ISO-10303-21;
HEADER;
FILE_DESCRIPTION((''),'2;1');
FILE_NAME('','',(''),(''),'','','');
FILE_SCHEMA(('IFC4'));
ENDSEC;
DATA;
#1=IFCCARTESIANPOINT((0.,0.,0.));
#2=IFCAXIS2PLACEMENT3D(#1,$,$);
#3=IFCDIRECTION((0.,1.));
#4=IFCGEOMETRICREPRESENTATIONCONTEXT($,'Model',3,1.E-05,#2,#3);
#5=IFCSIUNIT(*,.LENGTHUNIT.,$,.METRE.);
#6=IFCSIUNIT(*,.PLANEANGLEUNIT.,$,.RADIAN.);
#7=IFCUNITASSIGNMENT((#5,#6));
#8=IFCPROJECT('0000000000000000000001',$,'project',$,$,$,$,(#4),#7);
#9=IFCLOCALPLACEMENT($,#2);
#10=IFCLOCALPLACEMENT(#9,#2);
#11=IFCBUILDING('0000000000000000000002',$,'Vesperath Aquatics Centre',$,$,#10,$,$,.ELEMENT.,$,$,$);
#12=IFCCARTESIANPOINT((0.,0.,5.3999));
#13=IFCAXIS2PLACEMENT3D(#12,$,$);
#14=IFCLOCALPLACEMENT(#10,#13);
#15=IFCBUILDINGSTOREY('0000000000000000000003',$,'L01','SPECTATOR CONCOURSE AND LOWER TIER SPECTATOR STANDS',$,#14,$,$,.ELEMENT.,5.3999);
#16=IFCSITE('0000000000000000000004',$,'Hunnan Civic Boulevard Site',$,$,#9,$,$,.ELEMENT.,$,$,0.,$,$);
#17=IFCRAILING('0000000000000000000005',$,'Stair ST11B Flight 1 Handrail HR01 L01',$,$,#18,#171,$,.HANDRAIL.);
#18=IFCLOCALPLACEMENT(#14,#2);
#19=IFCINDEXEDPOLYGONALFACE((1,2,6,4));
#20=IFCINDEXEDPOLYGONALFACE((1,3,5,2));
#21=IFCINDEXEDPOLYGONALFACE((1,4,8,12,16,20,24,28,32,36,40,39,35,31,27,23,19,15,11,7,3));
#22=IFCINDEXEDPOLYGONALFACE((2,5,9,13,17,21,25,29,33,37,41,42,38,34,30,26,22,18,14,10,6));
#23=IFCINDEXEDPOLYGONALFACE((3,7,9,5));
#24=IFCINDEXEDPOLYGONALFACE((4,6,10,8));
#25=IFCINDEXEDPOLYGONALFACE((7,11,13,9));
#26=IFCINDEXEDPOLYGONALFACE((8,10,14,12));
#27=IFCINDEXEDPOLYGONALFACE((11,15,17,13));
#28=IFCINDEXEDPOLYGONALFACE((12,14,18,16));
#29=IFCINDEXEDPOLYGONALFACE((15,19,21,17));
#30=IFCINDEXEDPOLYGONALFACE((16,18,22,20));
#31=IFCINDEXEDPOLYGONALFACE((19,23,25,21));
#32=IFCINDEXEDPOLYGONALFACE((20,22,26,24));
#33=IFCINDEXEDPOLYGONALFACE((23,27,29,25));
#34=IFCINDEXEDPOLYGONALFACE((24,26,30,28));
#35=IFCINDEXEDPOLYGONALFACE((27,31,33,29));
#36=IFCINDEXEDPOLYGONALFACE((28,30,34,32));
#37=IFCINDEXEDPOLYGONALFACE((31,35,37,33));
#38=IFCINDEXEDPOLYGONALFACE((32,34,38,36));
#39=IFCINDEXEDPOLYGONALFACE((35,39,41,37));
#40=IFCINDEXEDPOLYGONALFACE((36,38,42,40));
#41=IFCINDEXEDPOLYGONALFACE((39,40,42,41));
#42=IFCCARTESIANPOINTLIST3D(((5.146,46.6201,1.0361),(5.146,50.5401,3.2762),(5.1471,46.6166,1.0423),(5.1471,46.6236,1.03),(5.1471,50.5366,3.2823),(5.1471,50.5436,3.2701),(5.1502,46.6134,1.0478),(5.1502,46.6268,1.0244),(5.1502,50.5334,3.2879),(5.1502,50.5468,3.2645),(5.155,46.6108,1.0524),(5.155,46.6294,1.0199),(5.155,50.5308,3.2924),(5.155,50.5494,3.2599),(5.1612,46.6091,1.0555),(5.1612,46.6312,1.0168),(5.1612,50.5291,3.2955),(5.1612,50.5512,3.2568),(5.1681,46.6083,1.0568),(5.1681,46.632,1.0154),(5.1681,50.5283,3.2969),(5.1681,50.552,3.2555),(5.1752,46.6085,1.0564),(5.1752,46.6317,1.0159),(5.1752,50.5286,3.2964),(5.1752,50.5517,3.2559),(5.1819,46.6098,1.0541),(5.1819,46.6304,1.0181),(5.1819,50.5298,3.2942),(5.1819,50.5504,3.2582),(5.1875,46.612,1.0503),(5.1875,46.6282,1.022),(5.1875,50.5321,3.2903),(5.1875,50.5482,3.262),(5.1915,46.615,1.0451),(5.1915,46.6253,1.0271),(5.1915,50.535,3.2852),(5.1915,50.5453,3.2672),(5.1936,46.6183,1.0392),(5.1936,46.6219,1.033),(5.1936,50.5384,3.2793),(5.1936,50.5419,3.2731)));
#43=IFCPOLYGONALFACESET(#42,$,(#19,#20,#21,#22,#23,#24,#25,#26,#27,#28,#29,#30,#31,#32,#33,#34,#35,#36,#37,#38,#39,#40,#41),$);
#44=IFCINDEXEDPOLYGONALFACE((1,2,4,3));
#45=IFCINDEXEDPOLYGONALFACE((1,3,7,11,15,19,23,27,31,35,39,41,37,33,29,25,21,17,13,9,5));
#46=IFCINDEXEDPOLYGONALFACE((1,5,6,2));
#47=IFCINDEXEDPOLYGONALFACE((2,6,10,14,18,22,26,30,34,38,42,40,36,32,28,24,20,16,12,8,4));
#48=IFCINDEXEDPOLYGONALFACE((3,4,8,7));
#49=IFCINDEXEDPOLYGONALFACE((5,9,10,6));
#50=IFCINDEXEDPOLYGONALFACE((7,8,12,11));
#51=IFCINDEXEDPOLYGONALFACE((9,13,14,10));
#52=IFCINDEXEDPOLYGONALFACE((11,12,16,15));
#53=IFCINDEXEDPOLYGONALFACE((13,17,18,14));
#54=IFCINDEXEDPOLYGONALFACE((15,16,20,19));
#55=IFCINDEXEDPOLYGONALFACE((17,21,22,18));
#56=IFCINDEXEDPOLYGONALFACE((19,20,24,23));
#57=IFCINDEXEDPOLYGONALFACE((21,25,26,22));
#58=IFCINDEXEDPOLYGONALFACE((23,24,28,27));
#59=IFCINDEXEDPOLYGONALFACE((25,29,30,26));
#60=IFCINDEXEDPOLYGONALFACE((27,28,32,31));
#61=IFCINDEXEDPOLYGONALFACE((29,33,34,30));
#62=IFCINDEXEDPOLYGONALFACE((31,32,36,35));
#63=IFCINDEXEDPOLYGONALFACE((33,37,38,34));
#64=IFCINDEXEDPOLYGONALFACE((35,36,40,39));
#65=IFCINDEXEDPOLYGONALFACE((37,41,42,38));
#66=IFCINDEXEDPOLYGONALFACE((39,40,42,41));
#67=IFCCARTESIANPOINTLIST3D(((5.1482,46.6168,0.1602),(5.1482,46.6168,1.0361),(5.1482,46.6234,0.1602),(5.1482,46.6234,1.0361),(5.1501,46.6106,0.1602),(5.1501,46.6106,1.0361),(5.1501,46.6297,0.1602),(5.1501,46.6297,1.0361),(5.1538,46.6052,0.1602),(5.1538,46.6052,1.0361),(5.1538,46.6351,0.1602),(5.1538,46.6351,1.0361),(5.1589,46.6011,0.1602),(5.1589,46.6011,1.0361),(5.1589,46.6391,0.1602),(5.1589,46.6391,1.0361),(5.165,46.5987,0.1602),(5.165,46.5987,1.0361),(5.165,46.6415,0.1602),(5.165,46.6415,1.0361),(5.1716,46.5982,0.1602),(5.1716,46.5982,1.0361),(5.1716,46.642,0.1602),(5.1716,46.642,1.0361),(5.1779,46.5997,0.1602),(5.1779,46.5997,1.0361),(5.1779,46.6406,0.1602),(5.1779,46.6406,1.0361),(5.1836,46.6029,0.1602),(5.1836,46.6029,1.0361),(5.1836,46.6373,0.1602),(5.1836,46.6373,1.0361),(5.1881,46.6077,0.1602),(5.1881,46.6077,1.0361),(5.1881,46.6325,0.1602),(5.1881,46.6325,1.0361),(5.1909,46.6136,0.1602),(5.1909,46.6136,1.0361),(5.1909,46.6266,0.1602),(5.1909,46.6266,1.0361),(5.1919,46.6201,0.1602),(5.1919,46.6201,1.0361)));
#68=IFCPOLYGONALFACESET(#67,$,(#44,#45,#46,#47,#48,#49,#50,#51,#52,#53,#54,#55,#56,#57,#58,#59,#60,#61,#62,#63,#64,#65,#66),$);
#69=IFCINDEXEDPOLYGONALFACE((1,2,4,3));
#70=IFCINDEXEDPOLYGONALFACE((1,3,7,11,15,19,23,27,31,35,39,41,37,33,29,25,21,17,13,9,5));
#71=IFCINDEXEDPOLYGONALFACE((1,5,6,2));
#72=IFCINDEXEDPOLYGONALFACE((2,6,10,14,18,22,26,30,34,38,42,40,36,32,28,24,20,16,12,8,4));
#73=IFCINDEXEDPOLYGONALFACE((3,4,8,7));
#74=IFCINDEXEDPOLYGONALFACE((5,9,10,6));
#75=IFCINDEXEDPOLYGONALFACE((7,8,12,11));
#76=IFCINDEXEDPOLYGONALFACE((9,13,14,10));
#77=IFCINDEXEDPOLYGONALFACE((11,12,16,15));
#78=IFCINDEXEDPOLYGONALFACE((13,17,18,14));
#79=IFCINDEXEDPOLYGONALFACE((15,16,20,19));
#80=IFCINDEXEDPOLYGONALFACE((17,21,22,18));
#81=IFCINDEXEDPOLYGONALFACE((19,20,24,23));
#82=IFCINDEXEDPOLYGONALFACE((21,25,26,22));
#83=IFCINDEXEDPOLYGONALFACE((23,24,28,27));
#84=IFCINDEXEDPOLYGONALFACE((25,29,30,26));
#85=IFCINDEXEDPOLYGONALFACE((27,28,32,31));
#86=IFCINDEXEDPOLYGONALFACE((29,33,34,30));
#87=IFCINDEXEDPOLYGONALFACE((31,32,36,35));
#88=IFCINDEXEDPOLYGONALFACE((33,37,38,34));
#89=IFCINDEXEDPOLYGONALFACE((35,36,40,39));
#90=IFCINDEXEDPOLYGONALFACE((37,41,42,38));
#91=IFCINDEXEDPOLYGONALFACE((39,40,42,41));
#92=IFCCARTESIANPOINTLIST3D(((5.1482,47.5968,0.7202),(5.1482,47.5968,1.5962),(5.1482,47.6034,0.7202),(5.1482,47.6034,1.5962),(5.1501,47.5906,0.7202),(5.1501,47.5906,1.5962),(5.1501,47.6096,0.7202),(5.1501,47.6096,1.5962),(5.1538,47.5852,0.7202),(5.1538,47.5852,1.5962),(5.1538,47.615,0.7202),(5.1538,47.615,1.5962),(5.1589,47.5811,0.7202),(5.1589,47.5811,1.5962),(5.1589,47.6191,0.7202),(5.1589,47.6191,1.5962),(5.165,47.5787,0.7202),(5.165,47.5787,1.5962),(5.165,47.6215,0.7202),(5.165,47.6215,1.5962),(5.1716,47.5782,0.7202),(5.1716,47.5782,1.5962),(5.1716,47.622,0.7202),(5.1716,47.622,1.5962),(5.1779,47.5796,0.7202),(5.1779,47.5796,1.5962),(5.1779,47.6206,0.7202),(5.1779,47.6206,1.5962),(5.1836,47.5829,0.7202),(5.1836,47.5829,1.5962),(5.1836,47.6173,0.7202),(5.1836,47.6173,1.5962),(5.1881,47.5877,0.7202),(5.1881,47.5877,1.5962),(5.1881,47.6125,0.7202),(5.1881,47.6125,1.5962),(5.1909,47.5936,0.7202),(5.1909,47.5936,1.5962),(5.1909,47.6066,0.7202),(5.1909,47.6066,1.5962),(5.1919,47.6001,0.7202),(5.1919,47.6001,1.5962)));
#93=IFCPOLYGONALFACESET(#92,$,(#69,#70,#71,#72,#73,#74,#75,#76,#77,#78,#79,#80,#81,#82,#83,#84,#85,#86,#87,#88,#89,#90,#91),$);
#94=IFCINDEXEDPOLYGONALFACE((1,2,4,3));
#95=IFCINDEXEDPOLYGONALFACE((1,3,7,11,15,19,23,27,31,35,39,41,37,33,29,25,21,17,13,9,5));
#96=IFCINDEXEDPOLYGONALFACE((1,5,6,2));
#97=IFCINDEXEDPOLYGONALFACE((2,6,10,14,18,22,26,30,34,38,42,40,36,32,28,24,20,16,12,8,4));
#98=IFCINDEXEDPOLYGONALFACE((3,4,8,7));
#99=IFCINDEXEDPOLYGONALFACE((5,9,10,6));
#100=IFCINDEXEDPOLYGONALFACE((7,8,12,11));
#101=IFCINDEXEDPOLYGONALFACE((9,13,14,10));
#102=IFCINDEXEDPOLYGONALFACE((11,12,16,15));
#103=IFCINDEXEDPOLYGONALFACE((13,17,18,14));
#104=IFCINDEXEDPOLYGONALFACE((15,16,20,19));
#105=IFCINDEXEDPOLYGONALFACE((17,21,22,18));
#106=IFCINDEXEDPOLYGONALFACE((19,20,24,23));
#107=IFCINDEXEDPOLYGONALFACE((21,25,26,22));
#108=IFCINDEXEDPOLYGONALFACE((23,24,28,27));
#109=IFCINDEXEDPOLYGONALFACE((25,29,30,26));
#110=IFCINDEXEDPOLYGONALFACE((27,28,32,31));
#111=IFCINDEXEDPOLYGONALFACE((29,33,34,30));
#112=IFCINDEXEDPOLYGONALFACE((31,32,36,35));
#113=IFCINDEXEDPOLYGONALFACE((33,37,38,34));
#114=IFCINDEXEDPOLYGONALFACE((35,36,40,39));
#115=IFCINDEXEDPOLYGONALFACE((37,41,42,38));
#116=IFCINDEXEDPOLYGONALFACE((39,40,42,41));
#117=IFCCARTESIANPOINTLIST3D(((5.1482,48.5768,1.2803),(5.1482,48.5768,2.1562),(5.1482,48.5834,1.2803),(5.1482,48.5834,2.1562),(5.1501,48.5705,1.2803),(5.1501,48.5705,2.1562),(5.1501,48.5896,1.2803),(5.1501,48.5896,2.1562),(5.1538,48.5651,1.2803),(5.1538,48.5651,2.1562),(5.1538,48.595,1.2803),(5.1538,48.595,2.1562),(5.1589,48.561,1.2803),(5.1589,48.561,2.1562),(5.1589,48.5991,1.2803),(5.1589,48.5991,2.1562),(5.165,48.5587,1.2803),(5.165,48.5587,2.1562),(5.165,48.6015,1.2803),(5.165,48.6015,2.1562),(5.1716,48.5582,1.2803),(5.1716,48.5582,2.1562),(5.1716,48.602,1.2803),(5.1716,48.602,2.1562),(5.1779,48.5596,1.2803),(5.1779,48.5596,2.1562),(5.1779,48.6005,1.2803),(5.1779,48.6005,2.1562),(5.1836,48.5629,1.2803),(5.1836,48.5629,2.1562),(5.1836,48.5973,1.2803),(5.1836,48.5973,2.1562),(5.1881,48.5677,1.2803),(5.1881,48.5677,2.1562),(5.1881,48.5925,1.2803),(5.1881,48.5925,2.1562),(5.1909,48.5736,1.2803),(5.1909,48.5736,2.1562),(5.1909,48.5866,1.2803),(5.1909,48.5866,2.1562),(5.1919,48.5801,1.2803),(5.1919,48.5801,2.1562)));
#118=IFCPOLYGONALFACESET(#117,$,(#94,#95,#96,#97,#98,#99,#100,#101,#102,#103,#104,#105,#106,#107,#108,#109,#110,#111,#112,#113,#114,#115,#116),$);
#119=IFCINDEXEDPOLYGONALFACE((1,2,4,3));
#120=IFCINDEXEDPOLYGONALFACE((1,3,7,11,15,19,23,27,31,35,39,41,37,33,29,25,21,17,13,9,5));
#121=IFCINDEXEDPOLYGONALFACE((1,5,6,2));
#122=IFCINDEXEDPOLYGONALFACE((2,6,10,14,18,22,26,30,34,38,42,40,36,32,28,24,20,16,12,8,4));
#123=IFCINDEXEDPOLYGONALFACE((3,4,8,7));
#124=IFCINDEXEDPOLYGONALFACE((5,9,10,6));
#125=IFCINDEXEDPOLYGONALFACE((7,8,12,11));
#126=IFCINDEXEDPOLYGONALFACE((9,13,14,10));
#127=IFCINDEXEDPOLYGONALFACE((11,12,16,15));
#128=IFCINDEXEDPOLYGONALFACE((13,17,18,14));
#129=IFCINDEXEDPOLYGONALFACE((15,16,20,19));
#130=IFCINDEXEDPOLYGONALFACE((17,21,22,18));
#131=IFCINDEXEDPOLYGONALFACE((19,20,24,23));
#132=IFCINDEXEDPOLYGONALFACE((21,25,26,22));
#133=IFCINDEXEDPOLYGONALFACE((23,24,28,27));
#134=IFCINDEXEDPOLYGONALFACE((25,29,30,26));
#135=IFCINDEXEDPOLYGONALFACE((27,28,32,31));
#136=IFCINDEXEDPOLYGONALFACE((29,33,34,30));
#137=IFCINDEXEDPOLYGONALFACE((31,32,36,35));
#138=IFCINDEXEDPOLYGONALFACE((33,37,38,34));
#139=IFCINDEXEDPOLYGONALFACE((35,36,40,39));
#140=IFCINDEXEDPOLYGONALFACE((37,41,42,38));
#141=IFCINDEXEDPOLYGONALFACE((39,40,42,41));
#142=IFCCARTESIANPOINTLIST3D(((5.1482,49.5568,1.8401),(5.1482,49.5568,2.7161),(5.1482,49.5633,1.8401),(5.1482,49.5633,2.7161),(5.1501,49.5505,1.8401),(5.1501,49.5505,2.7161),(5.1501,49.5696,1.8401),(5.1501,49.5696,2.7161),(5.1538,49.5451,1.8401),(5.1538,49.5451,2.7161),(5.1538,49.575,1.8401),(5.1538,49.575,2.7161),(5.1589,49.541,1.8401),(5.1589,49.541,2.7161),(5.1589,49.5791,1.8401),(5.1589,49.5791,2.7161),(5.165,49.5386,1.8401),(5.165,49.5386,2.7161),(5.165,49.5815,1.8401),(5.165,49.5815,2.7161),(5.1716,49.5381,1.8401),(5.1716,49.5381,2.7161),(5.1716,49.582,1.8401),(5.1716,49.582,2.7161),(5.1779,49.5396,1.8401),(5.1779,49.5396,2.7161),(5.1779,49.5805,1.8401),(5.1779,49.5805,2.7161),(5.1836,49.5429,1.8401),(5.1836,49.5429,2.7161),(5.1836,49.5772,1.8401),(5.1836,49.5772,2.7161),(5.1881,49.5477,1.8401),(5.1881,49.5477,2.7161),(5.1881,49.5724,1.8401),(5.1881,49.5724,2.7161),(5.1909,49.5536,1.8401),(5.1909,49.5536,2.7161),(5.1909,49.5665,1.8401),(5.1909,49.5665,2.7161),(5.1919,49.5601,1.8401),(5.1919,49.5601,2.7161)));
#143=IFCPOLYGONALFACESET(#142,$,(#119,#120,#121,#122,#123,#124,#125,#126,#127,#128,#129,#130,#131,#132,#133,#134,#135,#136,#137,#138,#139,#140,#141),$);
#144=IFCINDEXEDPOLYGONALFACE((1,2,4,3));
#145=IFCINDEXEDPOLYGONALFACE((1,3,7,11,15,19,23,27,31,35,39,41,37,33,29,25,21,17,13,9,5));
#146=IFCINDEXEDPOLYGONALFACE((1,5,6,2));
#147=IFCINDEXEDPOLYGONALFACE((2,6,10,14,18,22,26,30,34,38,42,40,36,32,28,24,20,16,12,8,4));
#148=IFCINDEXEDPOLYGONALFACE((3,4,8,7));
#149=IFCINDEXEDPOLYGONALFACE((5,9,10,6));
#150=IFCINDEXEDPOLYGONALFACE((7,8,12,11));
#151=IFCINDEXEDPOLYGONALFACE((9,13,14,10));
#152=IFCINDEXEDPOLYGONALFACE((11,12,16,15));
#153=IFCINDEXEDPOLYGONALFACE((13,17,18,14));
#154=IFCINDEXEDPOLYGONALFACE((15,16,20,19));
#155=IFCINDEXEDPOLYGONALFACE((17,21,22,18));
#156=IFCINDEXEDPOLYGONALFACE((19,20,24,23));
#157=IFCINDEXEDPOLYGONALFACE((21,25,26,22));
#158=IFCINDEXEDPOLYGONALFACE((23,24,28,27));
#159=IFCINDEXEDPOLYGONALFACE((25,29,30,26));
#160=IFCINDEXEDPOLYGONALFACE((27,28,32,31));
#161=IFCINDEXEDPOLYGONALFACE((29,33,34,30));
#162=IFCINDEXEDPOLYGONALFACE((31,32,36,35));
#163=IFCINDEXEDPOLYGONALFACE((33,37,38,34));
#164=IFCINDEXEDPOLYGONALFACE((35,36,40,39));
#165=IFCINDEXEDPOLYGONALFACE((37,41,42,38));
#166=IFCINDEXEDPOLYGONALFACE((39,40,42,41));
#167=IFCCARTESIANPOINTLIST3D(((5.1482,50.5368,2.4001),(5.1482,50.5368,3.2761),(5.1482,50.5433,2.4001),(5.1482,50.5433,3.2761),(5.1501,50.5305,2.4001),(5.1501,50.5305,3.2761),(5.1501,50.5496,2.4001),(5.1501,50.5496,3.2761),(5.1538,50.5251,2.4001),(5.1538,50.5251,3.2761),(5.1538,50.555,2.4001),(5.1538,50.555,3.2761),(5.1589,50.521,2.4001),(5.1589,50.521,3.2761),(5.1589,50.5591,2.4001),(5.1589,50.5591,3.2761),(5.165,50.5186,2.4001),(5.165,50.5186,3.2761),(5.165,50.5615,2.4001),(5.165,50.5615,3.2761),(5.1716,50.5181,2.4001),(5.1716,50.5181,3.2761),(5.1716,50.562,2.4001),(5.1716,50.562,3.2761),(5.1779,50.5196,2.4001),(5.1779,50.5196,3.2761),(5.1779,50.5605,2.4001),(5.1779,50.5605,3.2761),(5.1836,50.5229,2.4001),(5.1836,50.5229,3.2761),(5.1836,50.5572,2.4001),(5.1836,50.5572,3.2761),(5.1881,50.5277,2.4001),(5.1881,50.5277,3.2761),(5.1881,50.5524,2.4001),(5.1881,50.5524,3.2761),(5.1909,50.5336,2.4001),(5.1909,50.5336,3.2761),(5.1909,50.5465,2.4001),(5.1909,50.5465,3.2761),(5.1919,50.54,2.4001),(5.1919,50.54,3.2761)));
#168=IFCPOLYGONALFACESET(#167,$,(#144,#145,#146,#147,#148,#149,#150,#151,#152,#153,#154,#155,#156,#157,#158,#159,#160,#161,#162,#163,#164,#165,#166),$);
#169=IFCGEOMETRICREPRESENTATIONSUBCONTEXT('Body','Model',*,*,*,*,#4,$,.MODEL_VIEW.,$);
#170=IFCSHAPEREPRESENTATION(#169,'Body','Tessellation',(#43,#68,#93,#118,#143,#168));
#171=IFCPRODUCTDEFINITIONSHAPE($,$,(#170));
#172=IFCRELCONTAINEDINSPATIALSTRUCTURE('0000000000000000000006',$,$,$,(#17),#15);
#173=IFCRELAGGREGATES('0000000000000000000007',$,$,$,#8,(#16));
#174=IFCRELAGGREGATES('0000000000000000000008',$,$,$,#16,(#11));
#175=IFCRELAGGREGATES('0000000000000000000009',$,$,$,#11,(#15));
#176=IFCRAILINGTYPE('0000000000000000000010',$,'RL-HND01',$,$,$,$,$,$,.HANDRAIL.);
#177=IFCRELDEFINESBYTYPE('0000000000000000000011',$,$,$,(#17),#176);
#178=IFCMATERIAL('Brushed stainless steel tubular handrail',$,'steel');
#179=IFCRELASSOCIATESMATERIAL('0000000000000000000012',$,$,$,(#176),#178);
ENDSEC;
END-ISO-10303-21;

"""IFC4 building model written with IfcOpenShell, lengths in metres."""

from ifc_helpers import new_model, si_unit, direction, frame, origin, origin_2d, place, context, subcontext, project, spatial, circle, extrude, material, type_object, element, save


model = new_model("IFC4")

# Units and contexts
model_context = context("Model", 3, precision=1e-05, world=origin(), true_north=direction((0.0, 1.0)))
body_context = subcontext(model_context, "Body", "Model", "MODEL_VIEW")
ifc_project = project(units=[si_unit("LENGTHUNIT", "METRE"), si_unit("PLANEANGLEUNIT", "RADIAN")], contexts=[model_context])

# Site, building, storey
site_placement = place(None, origin())
site = spatial("IfcSite", under=ifc_project, at=site_placement, Name="Hunnan Civic Boulevard Site", CompositionType="ELEMENT", RefElevation=0.0)
building_placement = place(site_placement, origin())
building = spatial("IfcBuilding", under=site, at=building_placement, Name="Vesperath Aquatics Centre", CompositionType="ELEMENT")
storey_placement = place(building_placement, frame((0.0, 0.0, 5.3999)))
storey = spatial("IfcBuildingStorey", under=building, at=storey_placement, Name="L01", Description="SPECTATOR CONCOURSE AND LOWER TIER SPECTATOR STANDS", CompositionType="ELEMENT", Elevation=5.3999)

# Railing
ifc_material_1 = material(Name="Brushed stainless steel tubular handrail", Category="steel")
railing_type_1 = type_object("IfcRailingType", Name="RL-HND01", PredefinedType="HANDRAIL", material=ifc_material_1)
railing_1_placement = place(storey_placement, frame((5.1699, 46.6201, 0.1602)))
element("IfcRailing", 1, at=railing_1_placement, inside=storey, type_object=railing_type_1, Name="Stair ST11B Flight 1 Handrail HR01 L01", PredefinedType="HANDRAIL", context=body_context, shape_type="SweptSolid", body=[
    extrude(circle(Radius=0.0239, at=origin_2d()), frame((0.0, 0.0, 0.876), z_axis=(0.0, 0.86824, 0.496145), x_axis=(-1.0, 0.0, 0.0)), (0.0, 0.0, 1.0), 4.5149),
    extrude(circle(Radius=0.022, at=origin_2d()), origin(), (0.0, 0.0, 1.0), 0.876),
    extrude(circle(Radius=0.022, at=origin_2d()), frame((0.0, 0.98, 0.5601)), (0.0, 0.0, 1.0), 0.876),
    extrude(circle(Radius=0.022, at=origin_2d()), frame((0.0, 1.96, 1.1201)), (0.0, 0.0, 1.0), 0.876),
    extrude(circle(Radius=0.022, at=origin_2d()), frame((0.0, 2.9399, 1.6799)), (0.0, 0.0, 1.0), 0.876),
    extrude(circle(Radius=0.022, at=origin_2d()), frame((0.0, 3.9199, 2.24)), (0.0, 0.0, 1.0), 0.876),
])

save(model, "model.ifc")
